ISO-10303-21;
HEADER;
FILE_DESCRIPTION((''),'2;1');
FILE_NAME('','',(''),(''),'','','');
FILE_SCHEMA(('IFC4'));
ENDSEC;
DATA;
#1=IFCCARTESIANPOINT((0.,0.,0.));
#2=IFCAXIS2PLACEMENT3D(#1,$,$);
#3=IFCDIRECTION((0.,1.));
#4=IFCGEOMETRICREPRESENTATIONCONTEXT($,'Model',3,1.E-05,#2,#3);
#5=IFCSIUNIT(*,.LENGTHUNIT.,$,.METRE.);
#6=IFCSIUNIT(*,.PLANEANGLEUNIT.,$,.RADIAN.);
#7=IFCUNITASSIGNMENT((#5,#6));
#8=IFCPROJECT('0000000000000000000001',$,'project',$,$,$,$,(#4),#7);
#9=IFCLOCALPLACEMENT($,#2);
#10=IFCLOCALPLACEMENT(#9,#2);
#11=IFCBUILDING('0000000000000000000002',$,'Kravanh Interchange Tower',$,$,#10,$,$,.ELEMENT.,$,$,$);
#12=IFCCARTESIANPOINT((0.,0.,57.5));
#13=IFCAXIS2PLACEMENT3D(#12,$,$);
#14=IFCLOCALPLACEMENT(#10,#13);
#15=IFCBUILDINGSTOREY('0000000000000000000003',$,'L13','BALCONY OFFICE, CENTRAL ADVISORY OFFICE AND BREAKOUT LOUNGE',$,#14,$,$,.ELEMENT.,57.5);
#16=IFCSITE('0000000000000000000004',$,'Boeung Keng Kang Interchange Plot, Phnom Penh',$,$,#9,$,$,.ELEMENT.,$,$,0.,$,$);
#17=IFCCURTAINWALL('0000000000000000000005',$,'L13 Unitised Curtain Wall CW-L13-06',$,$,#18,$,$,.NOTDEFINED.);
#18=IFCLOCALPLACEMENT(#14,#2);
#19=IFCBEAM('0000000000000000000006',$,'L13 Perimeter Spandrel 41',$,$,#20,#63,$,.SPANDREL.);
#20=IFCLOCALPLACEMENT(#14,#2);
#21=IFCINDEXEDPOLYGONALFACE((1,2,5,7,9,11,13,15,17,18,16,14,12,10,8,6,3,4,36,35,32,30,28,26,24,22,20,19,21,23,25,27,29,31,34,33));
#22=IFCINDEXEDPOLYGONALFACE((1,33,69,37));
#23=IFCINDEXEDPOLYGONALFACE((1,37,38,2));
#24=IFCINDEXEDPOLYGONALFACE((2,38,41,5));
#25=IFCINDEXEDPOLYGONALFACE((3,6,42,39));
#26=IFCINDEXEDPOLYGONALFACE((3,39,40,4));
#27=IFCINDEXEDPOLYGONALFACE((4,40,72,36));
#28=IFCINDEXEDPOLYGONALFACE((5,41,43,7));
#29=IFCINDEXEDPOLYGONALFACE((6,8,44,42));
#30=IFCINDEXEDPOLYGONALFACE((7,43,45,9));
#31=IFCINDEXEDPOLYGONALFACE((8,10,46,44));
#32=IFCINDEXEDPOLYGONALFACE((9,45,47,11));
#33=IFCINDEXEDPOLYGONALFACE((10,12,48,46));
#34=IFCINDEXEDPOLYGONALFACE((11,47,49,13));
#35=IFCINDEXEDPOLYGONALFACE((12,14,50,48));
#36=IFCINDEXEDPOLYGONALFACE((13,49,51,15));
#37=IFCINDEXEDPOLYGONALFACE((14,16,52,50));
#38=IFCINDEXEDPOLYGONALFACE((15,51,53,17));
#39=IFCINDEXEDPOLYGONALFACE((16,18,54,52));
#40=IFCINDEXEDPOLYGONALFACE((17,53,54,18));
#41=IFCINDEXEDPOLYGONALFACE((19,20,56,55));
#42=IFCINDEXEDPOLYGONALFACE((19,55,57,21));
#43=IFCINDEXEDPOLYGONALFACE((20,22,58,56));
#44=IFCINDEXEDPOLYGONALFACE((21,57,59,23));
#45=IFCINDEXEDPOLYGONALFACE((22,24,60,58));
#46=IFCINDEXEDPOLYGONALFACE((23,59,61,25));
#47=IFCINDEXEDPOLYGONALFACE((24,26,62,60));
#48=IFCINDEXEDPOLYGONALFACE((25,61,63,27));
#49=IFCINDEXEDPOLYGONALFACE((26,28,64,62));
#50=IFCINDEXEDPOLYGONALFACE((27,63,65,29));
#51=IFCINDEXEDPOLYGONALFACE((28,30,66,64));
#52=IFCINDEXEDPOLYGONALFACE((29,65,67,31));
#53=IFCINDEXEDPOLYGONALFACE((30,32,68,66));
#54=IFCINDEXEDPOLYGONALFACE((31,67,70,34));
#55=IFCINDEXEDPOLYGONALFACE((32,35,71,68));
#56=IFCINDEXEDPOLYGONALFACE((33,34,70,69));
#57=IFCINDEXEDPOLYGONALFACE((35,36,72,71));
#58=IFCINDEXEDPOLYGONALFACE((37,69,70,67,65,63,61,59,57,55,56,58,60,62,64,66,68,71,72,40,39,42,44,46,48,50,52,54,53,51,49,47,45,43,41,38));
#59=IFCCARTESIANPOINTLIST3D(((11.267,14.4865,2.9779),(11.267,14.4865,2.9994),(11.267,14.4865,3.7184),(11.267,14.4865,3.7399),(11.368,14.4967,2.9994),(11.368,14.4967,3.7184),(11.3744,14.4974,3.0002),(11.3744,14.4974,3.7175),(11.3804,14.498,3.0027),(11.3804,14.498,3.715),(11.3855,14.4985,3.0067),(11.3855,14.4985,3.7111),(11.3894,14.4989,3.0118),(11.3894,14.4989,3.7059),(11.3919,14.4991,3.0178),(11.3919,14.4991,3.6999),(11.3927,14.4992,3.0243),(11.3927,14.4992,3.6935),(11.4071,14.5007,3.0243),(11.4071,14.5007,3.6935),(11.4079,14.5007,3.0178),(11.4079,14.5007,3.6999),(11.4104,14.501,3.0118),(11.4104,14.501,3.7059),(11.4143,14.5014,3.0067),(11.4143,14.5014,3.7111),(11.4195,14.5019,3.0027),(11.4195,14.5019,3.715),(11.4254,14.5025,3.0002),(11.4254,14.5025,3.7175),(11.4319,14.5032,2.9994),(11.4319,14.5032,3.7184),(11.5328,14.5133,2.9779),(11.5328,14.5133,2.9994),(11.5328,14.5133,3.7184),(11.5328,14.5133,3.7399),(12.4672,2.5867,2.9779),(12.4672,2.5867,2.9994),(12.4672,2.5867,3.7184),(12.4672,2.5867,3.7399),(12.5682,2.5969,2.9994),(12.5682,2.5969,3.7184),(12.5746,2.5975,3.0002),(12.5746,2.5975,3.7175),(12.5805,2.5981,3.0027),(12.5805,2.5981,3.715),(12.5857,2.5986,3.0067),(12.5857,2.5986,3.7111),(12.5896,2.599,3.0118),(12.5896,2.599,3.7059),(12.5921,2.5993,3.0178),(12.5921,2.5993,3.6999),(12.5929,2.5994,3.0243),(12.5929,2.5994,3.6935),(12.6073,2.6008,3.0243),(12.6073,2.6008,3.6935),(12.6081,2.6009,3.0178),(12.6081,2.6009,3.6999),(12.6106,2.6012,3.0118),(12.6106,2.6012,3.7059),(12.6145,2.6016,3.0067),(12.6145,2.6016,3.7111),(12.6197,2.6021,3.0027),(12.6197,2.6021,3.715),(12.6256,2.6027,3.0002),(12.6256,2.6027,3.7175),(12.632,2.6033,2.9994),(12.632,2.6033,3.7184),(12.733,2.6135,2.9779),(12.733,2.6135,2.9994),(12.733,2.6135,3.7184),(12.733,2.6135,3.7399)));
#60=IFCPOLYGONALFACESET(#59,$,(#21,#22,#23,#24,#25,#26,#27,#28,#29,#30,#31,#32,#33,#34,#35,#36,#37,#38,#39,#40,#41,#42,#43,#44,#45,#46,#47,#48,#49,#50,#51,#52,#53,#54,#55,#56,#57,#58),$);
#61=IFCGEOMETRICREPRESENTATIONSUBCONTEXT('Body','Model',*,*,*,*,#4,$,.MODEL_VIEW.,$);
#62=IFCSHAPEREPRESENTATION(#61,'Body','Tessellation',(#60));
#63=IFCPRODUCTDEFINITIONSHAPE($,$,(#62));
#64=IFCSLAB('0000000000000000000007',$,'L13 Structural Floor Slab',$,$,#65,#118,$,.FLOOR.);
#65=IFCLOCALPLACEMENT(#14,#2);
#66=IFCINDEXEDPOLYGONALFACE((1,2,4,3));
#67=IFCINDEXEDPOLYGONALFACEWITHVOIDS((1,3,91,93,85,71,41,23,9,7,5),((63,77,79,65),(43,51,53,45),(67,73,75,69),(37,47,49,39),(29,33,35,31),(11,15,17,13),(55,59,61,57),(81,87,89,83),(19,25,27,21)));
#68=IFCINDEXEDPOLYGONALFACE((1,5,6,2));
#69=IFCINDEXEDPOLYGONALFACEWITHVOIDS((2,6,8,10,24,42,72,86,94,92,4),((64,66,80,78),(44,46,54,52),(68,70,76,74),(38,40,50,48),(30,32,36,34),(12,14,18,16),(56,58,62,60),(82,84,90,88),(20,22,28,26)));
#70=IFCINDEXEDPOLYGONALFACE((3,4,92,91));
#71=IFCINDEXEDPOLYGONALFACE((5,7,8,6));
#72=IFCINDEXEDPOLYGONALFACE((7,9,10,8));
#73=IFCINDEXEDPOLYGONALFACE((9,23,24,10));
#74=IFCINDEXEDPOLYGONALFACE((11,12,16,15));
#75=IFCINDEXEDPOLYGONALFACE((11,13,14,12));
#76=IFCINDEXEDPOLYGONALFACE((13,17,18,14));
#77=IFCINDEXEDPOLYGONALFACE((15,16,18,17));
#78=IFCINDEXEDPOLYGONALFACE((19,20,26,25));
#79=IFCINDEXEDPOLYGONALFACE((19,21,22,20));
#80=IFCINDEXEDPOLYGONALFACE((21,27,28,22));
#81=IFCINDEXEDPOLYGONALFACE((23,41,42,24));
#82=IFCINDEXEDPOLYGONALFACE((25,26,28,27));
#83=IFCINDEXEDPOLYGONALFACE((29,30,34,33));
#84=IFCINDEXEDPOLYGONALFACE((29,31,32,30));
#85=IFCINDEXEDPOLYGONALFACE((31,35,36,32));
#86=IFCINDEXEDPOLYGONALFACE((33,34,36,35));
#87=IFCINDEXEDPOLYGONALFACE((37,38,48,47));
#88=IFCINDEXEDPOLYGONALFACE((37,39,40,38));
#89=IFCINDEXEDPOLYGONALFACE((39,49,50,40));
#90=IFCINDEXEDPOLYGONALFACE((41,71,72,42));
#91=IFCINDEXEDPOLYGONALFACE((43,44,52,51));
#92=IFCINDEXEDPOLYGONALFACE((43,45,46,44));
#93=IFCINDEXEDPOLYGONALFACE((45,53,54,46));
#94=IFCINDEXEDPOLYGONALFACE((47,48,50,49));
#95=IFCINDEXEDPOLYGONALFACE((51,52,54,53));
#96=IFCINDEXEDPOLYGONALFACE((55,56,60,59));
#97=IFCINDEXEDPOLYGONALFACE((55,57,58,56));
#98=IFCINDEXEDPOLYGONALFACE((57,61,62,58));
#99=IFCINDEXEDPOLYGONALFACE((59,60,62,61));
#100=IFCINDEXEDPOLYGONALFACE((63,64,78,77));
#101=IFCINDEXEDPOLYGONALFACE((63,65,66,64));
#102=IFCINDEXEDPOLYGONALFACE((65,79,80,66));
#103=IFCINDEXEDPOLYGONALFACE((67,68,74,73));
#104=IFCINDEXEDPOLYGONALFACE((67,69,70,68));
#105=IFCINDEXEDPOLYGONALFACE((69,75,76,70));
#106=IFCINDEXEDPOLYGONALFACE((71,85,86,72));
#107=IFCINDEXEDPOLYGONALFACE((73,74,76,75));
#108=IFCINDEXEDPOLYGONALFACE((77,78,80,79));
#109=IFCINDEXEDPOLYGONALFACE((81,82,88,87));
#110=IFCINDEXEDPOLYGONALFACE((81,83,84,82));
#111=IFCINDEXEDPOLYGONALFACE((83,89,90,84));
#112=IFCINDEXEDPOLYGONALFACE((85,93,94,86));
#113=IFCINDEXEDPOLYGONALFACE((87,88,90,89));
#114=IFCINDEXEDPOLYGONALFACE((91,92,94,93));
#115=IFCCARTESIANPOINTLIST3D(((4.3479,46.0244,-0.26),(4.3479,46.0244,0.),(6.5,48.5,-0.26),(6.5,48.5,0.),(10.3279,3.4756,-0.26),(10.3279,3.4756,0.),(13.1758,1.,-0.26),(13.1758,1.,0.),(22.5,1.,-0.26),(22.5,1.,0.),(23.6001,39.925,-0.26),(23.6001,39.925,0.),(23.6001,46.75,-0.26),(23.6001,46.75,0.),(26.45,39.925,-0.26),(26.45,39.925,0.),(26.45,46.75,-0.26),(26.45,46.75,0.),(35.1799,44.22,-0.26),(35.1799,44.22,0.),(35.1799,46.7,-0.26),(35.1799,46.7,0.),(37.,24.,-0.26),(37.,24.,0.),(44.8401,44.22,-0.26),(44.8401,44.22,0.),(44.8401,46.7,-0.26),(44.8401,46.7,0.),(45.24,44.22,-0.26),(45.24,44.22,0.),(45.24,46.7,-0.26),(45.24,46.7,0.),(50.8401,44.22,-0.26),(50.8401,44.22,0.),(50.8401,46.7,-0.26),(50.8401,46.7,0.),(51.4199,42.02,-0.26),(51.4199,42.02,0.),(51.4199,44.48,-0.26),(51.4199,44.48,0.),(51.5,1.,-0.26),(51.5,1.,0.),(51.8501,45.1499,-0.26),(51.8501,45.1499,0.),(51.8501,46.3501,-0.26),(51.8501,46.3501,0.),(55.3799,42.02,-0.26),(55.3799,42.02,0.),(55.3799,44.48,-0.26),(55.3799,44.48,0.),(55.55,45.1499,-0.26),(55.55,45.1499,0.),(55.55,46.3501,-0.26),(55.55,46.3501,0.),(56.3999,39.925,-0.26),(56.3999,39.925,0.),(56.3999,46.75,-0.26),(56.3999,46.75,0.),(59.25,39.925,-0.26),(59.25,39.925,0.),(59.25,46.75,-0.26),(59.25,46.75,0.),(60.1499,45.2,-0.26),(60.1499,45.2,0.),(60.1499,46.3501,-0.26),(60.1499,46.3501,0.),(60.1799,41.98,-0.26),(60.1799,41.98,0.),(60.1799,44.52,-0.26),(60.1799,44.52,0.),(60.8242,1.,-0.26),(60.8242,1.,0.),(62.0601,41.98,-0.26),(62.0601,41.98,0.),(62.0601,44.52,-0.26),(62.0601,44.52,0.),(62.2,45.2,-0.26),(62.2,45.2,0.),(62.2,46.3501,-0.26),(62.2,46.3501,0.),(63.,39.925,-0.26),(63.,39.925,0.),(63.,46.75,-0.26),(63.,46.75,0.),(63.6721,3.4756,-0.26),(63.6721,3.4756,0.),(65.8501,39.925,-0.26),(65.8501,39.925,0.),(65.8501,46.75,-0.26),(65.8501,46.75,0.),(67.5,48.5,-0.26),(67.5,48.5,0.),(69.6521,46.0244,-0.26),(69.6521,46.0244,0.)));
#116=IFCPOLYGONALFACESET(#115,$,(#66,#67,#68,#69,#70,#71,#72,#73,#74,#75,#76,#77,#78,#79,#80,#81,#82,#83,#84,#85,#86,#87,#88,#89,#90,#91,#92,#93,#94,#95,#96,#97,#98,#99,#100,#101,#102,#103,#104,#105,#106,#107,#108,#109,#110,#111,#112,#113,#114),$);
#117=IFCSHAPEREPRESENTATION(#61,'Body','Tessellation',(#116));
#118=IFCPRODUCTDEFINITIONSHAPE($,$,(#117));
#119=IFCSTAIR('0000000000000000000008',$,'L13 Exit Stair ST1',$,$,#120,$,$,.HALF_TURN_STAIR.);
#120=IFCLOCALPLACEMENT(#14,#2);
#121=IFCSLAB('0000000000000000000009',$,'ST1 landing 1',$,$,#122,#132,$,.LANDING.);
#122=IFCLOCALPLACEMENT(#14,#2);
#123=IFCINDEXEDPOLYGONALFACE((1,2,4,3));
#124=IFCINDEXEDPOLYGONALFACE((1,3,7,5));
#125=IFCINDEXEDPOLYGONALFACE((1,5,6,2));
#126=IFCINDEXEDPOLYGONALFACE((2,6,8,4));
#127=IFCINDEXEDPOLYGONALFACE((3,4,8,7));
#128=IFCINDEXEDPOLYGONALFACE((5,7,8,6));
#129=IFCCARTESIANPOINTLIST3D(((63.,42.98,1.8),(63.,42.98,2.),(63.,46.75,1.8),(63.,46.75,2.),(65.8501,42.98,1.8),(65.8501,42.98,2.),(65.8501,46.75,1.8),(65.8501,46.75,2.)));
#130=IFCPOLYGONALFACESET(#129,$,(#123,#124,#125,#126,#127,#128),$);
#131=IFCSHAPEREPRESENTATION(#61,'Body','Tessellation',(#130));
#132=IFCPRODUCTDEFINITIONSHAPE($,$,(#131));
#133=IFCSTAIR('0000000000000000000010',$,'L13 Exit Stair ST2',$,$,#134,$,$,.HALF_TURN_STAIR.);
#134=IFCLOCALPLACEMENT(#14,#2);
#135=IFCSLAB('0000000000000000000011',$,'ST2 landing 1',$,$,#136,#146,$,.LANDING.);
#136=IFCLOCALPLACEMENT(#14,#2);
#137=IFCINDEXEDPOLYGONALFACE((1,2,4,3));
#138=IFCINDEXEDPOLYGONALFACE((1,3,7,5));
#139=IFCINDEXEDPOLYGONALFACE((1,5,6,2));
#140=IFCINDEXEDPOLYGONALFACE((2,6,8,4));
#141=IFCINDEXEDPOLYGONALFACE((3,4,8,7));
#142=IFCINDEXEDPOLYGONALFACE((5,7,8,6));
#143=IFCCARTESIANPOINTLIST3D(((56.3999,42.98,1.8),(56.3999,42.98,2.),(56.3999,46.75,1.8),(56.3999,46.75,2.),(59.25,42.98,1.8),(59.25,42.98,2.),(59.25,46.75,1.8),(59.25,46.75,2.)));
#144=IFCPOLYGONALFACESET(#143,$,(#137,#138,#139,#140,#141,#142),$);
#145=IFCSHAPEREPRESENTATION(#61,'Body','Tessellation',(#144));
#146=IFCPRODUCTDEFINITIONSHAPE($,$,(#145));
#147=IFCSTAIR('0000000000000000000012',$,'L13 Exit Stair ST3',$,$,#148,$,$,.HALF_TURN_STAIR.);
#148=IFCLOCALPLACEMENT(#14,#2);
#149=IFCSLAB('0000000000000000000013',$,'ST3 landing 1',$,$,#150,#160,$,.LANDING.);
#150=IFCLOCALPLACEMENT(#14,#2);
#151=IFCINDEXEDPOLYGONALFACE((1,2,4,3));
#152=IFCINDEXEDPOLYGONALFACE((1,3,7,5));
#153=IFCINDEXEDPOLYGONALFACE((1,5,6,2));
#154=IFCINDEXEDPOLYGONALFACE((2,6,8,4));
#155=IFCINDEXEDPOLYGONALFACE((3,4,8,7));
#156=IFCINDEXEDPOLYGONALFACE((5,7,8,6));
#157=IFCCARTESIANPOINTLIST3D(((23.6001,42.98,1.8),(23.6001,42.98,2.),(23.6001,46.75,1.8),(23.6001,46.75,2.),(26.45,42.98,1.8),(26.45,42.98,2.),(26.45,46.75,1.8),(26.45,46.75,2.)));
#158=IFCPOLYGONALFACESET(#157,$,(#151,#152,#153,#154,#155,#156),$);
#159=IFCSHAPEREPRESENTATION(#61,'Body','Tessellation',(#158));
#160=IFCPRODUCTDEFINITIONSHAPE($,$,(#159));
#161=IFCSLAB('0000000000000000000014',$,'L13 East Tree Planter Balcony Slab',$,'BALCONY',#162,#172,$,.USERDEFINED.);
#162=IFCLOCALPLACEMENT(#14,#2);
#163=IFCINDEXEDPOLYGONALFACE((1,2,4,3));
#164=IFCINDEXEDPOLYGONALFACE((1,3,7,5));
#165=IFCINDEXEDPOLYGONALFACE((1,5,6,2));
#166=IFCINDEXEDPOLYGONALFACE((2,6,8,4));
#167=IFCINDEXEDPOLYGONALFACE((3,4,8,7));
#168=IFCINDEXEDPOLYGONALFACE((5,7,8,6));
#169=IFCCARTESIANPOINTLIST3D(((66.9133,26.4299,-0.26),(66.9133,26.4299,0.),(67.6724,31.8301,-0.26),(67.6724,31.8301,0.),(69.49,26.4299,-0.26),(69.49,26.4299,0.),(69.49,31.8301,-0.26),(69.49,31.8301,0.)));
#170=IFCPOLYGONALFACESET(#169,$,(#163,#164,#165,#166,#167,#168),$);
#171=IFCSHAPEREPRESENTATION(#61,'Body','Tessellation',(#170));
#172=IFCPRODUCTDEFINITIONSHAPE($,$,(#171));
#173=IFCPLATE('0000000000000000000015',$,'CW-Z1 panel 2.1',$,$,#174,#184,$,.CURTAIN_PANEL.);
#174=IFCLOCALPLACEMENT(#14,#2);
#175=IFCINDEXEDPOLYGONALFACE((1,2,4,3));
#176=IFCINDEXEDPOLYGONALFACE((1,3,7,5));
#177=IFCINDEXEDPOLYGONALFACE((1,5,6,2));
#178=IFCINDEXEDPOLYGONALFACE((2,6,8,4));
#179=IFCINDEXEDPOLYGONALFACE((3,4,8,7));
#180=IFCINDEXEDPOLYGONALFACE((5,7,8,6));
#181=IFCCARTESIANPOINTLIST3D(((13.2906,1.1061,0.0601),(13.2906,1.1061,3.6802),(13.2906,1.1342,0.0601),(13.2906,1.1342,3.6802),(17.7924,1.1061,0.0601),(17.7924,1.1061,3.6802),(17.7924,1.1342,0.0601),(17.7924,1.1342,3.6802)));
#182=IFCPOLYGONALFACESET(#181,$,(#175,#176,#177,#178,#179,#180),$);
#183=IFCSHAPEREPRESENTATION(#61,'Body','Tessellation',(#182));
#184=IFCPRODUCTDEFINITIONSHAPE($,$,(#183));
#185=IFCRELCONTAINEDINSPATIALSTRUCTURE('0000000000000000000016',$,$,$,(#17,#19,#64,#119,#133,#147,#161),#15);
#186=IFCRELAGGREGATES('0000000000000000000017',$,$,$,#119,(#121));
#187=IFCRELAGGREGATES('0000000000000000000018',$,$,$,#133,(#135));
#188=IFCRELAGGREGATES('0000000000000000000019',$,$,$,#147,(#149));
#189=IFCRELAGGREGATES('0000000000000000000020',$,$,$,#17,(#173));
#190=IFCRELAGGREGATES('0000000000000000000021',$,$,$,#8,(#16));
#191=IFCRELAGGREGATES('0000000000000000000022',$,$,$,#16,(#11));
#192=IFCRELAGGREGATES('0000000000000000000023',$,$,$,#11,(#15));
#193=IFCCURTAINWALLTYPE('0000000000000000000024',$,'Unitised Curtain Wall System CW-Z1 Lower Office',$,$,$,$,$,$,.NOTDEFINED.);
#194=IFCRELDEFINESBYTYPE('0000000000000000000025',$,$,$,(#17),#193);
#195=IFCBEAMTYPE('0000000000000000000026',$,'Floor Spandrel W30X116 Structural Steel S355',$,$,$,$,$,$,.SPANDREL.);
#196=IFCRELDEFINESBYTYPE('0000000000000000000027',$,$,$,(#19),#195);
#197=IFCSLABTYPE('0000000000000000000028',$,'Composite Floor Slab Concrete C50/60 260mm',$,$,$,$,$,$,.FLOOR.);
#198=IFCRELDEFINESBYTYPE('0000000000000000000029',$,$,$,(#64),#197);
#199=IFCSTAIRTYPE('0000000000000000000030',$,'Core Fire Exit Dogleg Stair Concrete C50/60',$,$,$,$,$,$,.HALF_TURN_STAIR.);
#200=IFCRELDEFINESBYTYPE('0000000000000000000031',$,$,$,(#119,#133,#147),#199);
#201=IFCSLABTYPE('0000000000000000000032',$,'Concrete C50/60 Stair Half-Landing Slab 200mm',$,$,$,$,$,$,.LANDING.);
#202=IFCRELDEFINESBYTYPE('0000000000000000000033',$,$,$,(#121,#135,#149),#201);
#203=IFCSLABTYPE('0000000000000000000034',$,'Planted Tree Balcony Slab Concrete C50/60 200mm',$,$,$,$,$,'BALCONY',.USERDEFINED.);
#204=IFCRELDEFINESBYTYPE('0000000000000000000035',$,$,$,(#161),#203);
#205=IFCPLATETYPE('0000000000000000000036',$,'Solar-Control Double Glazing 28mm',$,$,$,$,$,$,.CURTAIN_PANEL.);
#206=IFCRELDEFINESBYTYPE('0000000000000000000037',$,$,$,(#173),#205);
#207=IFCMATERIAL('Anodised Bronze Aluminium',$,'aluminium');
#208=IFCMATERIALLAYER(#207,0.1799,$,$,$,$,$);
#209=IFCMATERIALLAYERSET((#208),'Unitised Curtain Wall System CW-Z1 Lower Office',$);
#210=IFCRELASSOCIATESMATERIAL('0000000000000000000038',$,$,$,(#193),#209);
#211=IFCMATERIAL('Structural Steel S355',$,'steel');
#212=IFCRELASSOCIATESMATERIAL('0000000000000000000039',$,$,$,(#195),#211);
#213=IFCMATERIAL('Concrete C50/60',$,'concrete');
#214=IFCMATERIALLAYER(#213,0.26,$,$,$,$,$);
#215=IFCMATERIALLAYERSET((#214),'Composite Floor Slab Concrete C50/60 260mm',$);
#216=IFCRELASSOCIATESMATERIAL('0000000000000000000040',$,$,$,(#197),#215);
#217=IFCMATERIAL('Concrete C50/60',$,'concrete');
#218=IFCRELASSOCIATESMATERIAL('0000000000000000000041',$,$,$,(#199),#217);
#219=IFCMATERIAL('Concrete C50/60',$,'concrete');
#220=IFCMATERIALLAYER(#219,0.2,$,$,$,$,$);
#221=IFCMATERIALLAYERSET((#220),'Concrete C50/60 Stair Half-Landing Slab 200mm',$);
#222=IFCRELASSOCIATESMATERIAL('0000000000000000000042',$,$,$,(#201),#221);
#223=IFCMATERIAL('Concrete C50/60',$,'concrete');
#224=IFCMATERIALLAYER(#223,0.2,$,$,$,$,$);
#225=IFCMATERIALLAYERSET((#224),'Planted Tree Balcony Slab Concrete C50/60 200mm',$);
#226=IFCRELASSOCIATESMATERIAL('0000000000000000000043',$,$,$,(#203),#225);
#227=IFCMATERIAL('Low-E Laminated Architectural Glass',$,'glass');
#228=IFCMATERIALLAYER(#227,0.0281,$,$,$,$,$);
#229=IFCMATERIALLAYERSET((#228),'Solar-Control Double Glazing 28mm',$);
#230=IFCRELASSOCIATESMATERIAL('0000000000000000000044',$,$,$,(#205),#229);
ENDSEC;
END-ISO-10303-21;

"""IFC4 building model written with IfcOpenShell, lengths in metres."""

from ifc_helpers import new_model, si_unit, direction, frame, origin, origin_2d, place, context, subcontext, project, spatial, polyline, rectangle, i_section, outline, extrude, material, layer, layer_set, material_profile, profile_set, type_object, element, aggregate, save


model = new_model("IFC4")

# Units and contexts
model_context = context("Model", 3, precision=1e-05, world=origin(), true_north=direction((0.0, 1.0)))
body_context = subcontext(model_context, "Body", "Model", "MODEL_VIEW")
ifc_project = project(units=[si_unit("LENGTHUNIT", "METRE"), si_unit("PLANEANGLEUNIT", "RADIAN")], contexts=[model_context])

# Site, building, storey
site_placement = place(None, origin())
site = spatial("IfcSite", under=ifc_project, at=site_placement, Name="Boeung Keng Kang Interchange Plot, Phnom Penh", CompositionType="ELEMENT", RefElevation=0.0)
building_placement = place(site_placement, origin())
building = spatial("IfcBuilding", under=site, at=building_placement, Name="Kravanh Interchange Tower", CompositionType="ELEMENT")
storey_placement = place(building_placement, frame((0.0, 0.0, 57.5)))
storey = spatial("IfcBuildingStorey", under=building, at=storey_placement, Name="L13", Description="BALCONY OFFICE, CENTRAL ADVISORY OFFICE AND BREAKOUT LOUNGE", CompositionType="ELEMENT", Elevation=57.5)

# Curtain wall
ifc_material_1 = material(Name="Anodised Bronze Aluminium", Category="aluminium")
ifc_layer_1 = layer(ifc_material_1, 0.1799)
ifc_layer_set_1 = layer_set([ifc_layer_1], Name="Unitised Curtain Wall System CW-Z1 Lower Office")
curtain_wall_type = type_object("IfcCurtainWallType", Name="Unitised Curtain Wall System CW-Z1 Lower Office", PredefinedType="NOTDEFINED", material=ifc_layer_set_1)
curtain_wall_1_placement = place(storey_placement, origin())
curtain_wall_1 = element("IfcCurtainWall", 1, at=curtain_wall_1_placement, inside=storey, type_object=curtain_wall_type, Name="L13 Unitised Curtain Wall CW-L13-06", PredefinedType="NOTDEFINED")

# Beam
ifc_material_2 = material(Name="Structural Steel S355", Category="steel")
ifc_material_profile_1 = material_profile(ifc_material_2, i_section(OverallWidth=0.2671, OverallDepth=0.762, WebThickness=0.0144, FlangeThickness=0.0215, FilletRadius=0.0249, at=origin_2d()), Name="W30X116")
ifc_profile_set_1 = profile_set([ifc_material_profile_1], Name="Structural Steel S355")
beam_type_1 = type_object("IfcBeamType", Name="Floor Spandrel W30X116 Structural Steel S355", PredefinedType="SPANDREL", material=ifc_profile_set_1)
beam_1_placement = place(storey_placement, frame((12.6001, 2.6001, 3.3589), z_axis=(-0.100348, 0.994952, 0.0), x_axis=(-0.994952, -0.100348, 0.0)))
element("IfcBeam", 2, at=beam_1_placement, inside=storey, type_object=beam_type_1, Name="L13 Perimeter Spandrel 41", PredefinedType="SPANDREL", context=body_context, shape_type="SweptSolid", body=[
    extrude(i_section(OverallWidth=0.2671, OverallDepth=0.762, WebThickness=0.0144, FlangeThickness=0.0215, FilletRadius=0.0249, at=origin_2d()), origin(), (0.0, 0.0, 1.0), 11.9602),
])

# Slab
ifc_material_3 = material(Name="Concrete C50/60", Category="concrete")
ifc_layer_2 = layer(ifc_material_3, 0.26)
ifc_layer_set_2 = layer_set([ifc_layer_2], Name="Composite Floor Slab Concrete C50/60 260mm")
slab_type_1 = type_object("IfcSlabType", Name="Composite Floor Slab Concrete C50/60 260mm", PredefinedType="FLOOR", material=ifc_layer_set_2)
slab_1_placement = place(storey_placement, frame((0.0, 0.0, -0.26)))
element("IfcSlab", 3, at=slab_1_placement, inside=storey, type_object=slab_type_1, Name="L13 Structural Floor Slab", PredefinedType="FLOOR", context=body_context, shape_type="SweptSolid", body=[
    extrude(outline(polyline([(10.3279, 3.4756), (13.1758, 1.0), (22.5, 1.0), (37.0, 24.0), (51.5, 1.0), (60.8242, 1.0), (63.6721, 3.4756), (69.6521, 46.0244), (67.5, 48.5), (6.5, 48.5), (4.3479, 46.0244), (10.3279, 3.4756)]), holes=[polyline([(65.8501, 39.925), (65.8501, 46.75), (63.0, 46.75), (63.0, 39.925), (65.8501, 39.925)]), polyline([(59.25, 39.925), (59.25, 46.75), (56.3999, 46.75), (56.3999, 39.925), (59.25, 39.925)]), polyline([(26.45, 39.925), (26.45, 46.75), (23.6001, 46.75), (23.6001, 39.925), (26.45, 39.925)]), polyline([(35.1799, 44.22), (44.8401, 44.22), (44.8401, 46.7), (35.1799, 46.7), (35.1799, 44.22)]), polyline([(45.24, 44.22), (50.8401, 44.22), (50.8401, 46.7), (45.24, 46.7), (45.24, 44.22)]), polyline([(51.4199, 42.02), (55.3799, 42.02), (55.3799, 44.48), (51.4199, 44.48), (51.4199, 42.02)]), polyline([(60.1799, 41.98), (62.0601, 41.98), (62.0601, 44.52), (60.1799, 44.52), (60.1799, 41.98)]), polyline([(60.1499, 45.2), (62.2, 45.2), (62.2, 46.3501), (60.1499, 46.3501), (60.1499, 45.2)]), polyline([(51.8501, 45.1499), (55.55, 45.1499), (55.55, 46.3501), (51.8501, 46.3501), (51.8501, 45.1499)])]), origin(), (0.0, 0.0, 1.0), 0.26),
])

# Stairs, slabs
ifc_material_4 = material(Name="Concrete C50/60", Category="concrete")
stair_type = type_object("IfcStairType", Name="Core Fire Exit Dogleg Stair Concrete C50/60", PredefinedType="HALF_TURN_STAIR", material=ifc_material_4)
stair_1_placement = place(storey_placement, origin())
stair_1 = element("IfcStair", 4, at=stair_1_placement, inside=storey, type_object=stair_type, Name="L13 Exit Stair ST1", PredefinedType="HALF_TURN_STAIR")
ifc_material_5 = material(Name="Concrete C50/60", Category="concrete")
ifc_layer_3 = layer(ifc_material_5, 0.2)
ifc_layer_set_3 = layer_set([ifc_layer_3], Name="Concrete C50/60 Stair Half-Landing Slab 200mm")
slab_type_2 = type_object("IfcSlabType", Name="Concrete C50/60 Stair Half-Landing Slab 200mm", PredefinedType="LANDING", material=ifc_layer_set_3)
slab_2_placement = place(storey_placement, frame((0.0, 0.0, 1.8)))
slab_2 = element("IfcSlab", 5, at=slab_2_placement, type_object=slab_type_2, Name="ST1 landing 1", PredefinedType="LANDING", context=body_context, shape_type="SweptSolid", body=[
    extrude(outline(polyline([(65.8501, 42.98), (65.8501, 46.75), (63.0, 46.75), (63.0, 42.98), (65.8501, 42.98)])), origin(), (0.0, 0.0, 1.0), 0.2),
])
aggregate(stair_1, [slab_2])
stair_2_placement = place(storey_placement, origin())
stair_2 = element("IfcStair", 6, at=stair_2_placement, inside=storey, type_object=stair_type, Name="L13 Exit Stair ST2", PredefinedType="HALF_TURN_STAIR")
slab_3_placement = place(storey_placement, frame((0.0, 0.0, 1.8)))
slab_3 = element("IfcSlab", 7, at=slab_3_placement, type_object=slab_type_2, Name="ST2 landing 1", PredefinedType="LANDING", context=body_context, shape_type="SweptSolid", body=[
    extrude(outline(polyline([(59.25, 42.98), (59.25, 46.75), (56.3999, 46.75), (56.3999, 42.98), (59.25, 42.98)])), origin(), (0.0, 0.0, 1.0), 0.2),
])
aggregate(stair_2, [slab_3])
stair_3_placement = place(storey_placement, origin())
stair_3 = element("IfcStair", 8, at=stair_3_placement, inside=storey, type_object=stair_type, Name="L13 Exit Stair ST3", PredefinedType="HALF_TURN_STAIR")
slab_4_placement = place(storey_placement, frame((0.0, 0.0, 1.8)))
slab_4 = element("IfcSlab", 9, at=slab_4_placement, type_object=slab_type_2, Name="ST3 landing 1", PredefinedType="LANDING", context=body_context, shape_type="SweptSolid", body=[
    extrude(outline(polyline([(26.45, 42.98), (26.45, 46.75), (23.6001, 46.75), (23.6001, 42.98), (26.45, 42.98)])), origin(), (0.0, 0.0, 1.0), 0.2),
])
aggregate(stair_3, [slab_4])

# Slab
ifc_material_6 = material(Name="Concrete C50/60", Category="concrete")
ifc_layer_4 = layer(ifc_material_6, 0.2)
ifc_layer_set_4 = layer_set([ifc_layer_4], Name="Planted Tree Balcony Slab Concrete C50/60 200mm")
slab_type_3 = type_object("IfcSlabType", Name="Planted Tree Balcony Slab Concrete C50/60 200mm", ElementType="BALCONY", PredefinedType="USERDEFINED", material=ifc_layer_set_4)
slab_5_placement = place(storey_placement, frame((0.0, 0.0, -0.26)))
element("IfcSlab", 10, at=slab_5_placement, inside=storey, type_object=slab_type_3, Name="L13 East Tree Planter Balcony Slab", ObjectType="BALCONY", PredefinedType="USERDEFINED", context=body_context, shape_type="SweptSolid", body=[
    extrude(outline(polyline([(69.49, 31.8301), (69.49, 26.4299), (66.9133, 26.4299), (67.6724, 31.8301), (69.49, 31.8301)])), origin(), (0.0, 0.0, 1.0), 0.26),
])

# Plate
ifc_material_7 = material(Name="Low-E Laminated Architectural Glass", Category="glass")
ifc_layer_5 = layer(ifc_material_7, 0.0281)
ifc_layer_set_5 = layer_set([ifc_layer_5], Name="Solar-Control Double Glazing 28mm")
plate_type = type_object("IfcPlateType", Name="Solar-Control Double Glazing 28mm", PredefinedType="CURTAIN_PANEL", material=ifc_layer_set_5)
plate_1_placement = place(storey_placement, frame((15.5415, 1.1201, 0.0601), z_axis=(0.0, 0.0, 1.0), x_axis=(-1.0, 0.0, 0.0)))
plate_1 = element("IfcPlate", 11, at=plate_1_placement, type_object=plate_type, Name="CW-Z1 panel 2.1", PredefinedType="CURTAIN_PANEL", context=body_context, shape_type="SweptSolid", body=[
    extrude(rectangle(XDim=4.5017, YDim=0.0281, at=origin_2d()), origin(), (0.0, 0.0, 1.0), 3.6201),
])
aggregate(curtain_wall_1, [plate_1])

save(model, "model.ifc")
